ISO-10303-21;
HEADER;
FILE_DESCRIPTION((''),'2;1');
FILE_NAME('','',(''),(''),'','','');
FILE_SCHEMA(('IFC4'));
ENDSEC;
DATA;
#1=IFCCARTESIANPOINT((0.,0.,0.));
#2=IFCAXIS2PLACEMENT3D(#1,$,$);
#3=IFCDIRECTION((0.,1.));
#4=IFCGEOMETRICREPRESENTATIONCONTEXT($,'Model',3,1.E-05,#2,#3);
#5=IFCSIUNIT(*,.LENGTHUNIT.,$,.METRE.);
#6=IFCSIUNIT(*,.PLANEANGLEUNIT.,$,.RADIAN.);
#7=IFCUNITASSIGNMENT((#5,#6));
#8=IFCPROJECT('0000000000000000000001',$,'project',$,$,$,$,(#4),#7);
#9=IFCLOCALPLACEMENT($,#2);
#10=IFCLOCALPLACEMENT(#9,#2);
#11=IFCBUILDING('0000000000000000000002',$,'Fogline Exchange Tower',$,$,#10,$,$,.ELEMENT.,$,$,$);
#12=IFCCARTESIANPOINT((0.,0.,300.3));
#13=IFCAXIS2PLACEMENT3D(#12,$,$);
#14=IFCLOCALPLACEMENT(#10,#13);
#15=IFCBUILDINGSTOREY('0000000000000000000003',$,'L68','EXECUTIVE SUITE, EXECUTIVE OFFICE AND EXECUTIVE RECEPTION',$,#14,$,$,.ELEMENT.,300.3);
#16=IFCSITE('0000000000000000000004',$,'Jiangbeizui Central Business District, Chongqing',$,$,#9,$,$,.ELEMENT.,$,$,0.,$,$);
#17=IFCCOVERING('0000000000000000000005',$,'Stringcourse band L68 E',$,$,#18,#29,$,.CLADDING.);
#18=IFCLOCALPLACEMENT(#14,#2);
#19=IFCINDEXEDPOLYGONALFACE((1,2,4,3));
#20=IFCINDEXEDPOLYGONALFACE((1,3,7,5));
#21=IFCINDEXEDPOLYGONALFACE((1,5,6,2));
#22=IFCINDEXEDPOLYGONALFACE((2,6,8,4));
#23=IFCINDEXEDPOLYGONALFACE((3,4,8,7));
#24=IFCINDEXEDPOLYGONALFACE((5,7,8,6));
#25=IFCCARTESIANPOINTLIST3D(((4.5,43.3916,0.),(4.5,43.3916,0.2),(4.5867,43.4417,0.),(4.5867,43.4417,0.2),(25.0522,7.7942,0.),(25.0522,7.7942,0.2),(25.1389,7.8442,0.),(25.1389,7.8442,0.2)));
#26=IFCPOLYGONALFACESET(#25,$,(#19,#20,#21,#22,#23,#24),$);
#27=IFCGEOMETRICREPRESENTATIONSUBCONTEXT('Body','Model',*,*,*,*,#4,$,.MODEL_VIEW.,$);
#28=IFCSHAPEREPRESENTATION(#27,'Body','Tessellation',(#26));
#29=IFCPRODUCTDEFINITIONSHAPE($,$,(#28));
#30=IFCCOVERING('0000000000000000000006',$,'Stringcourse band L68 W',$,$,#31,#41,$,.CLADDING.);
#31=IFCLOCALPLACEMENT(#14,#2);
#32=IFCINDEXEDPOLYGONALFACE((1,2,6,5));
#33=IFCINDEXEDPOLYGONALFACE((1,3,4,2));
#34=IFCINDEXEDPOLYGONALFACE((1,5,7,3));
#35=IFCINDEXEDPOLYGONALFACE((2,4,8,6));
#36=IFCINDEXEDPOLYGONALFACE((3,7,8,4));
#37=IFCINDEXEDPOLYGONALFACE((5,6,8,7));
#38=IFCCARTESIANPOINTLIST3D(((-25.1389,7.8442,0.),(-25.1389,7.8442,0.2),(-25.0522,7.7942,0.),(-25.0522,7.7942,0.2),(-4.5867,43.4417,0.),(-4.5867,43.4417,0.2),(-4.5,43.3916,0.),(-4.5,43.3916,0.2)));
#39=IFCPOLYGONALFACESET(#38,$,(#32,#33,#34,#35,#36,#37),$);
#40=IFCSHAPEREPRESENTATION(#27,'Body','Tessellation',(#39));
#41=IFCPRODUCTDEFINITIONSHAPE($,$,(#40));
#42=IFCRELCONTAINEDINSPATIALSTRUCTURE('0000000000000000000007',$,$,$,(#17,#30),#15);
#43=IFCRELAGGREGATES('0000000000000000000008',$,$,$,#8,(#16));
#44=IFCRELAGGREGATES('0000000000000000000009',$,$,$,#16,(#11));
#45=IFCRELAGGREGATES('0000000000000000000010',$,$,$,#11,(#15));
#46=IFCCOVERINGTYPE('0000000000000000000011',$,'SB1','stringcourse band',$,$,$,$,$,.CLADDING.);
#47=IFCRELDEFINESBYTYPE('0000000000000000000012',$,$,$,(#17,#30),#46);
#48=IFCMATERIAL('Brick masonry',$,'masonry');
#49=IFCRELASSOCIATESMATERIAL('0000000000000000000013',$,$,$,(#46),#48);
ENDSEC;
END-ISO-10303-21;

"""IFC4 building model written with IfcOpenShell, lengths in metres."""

from ifc_helpers import new_model, si_unit, direction, frame, origin, place, context, subcontext, project, spatial, polyline, outline, extrude, material, type_object, element, save


model = new_model("IFC4")

# Units and contexts
model_context = context("Model", 3, precision=1e-05, world=origin(), true_north=direction((0.0, 1.0)))
body_context = subcontext(model_context, "Body", "Model", "MODEL_VIEW")
ifc_project = project(units=[si_unit("LENGTHUNIT", "METRE"), si_unit("PLANEANGLEUNIT", "RADIAN")], contexts=[model_context])

# Site, building, storey
site_placement = place(None, origin())
site = spatial("IfcSite", under=ifc_project, at=site_placement, Name="Jiangbeizui Central Business District, Chongqing", CompositionType="ELEMENT", RefElevation=0.0)
building_placement = place(site_placement, origin())
building = spatial("IfcBuilding", under=site, at=building_placement, Name="Fogline Exchange Tower", CompositionType="ELEMENT")
storey_placement = place(building_placement, frame((0.0, 0.0, 300.3)))
storey = spatial("IfcBuildingStorey", under=building, at=storey_placement, Name="L68", Description="EXECUTIVE SUITE, EXECUTIVE OFFICE AND EXECUTIVE RECEPTION", CompositionType="ELEMENT", Elevation=300.3)

# Shared definitions
ifc_material_1 = material(Name="Brick masonry", Category="masonry")

# Coverings
covering_type = type_object("IfcCoveringType", Name="SB1", Description="stringcourse band", PredefinedType="CLADDING", material=ifc_material_1)
covering_1_placement = place(storey_placement, origin())
element("IfcCovering", 1, at=covering_1_placement, inside=storey, type_object=covering_type, Name="Stringcourse band L68 E", PredefinedType="CLADDING", context=body_context, shape_type="SweptSolid", body=[
    extrude(outline(polyline([(25.0522, 7.7942), (25.1389, 7.8442), (4.5867, 43.4417), (4.5, 43.3916), (25.0522, 7.7942)])), origin(), (0.0, 0.0, 1.0), 0.2),
])
covering_2_placement = place(storey_placement, origin())
element("IfcCovering", 2, at=covering_2_placement, inside=storey, type_object=covering_type, Name="Stringcourse band L68 W", PredefinedType="CLADDING", context=body_context, shape_type="SweptSolid", body=[
    extrude(outline(polyline([(-4.5, 43.3916), (-4.5867, 43.4417), (-25.1389, 7.8442), (-25.0522, 7.7942), (-4.5, 43.3916)])), origin(), (0.0, 0.0, 1.0), 0.2),
])

save(model, "model.ifc")
